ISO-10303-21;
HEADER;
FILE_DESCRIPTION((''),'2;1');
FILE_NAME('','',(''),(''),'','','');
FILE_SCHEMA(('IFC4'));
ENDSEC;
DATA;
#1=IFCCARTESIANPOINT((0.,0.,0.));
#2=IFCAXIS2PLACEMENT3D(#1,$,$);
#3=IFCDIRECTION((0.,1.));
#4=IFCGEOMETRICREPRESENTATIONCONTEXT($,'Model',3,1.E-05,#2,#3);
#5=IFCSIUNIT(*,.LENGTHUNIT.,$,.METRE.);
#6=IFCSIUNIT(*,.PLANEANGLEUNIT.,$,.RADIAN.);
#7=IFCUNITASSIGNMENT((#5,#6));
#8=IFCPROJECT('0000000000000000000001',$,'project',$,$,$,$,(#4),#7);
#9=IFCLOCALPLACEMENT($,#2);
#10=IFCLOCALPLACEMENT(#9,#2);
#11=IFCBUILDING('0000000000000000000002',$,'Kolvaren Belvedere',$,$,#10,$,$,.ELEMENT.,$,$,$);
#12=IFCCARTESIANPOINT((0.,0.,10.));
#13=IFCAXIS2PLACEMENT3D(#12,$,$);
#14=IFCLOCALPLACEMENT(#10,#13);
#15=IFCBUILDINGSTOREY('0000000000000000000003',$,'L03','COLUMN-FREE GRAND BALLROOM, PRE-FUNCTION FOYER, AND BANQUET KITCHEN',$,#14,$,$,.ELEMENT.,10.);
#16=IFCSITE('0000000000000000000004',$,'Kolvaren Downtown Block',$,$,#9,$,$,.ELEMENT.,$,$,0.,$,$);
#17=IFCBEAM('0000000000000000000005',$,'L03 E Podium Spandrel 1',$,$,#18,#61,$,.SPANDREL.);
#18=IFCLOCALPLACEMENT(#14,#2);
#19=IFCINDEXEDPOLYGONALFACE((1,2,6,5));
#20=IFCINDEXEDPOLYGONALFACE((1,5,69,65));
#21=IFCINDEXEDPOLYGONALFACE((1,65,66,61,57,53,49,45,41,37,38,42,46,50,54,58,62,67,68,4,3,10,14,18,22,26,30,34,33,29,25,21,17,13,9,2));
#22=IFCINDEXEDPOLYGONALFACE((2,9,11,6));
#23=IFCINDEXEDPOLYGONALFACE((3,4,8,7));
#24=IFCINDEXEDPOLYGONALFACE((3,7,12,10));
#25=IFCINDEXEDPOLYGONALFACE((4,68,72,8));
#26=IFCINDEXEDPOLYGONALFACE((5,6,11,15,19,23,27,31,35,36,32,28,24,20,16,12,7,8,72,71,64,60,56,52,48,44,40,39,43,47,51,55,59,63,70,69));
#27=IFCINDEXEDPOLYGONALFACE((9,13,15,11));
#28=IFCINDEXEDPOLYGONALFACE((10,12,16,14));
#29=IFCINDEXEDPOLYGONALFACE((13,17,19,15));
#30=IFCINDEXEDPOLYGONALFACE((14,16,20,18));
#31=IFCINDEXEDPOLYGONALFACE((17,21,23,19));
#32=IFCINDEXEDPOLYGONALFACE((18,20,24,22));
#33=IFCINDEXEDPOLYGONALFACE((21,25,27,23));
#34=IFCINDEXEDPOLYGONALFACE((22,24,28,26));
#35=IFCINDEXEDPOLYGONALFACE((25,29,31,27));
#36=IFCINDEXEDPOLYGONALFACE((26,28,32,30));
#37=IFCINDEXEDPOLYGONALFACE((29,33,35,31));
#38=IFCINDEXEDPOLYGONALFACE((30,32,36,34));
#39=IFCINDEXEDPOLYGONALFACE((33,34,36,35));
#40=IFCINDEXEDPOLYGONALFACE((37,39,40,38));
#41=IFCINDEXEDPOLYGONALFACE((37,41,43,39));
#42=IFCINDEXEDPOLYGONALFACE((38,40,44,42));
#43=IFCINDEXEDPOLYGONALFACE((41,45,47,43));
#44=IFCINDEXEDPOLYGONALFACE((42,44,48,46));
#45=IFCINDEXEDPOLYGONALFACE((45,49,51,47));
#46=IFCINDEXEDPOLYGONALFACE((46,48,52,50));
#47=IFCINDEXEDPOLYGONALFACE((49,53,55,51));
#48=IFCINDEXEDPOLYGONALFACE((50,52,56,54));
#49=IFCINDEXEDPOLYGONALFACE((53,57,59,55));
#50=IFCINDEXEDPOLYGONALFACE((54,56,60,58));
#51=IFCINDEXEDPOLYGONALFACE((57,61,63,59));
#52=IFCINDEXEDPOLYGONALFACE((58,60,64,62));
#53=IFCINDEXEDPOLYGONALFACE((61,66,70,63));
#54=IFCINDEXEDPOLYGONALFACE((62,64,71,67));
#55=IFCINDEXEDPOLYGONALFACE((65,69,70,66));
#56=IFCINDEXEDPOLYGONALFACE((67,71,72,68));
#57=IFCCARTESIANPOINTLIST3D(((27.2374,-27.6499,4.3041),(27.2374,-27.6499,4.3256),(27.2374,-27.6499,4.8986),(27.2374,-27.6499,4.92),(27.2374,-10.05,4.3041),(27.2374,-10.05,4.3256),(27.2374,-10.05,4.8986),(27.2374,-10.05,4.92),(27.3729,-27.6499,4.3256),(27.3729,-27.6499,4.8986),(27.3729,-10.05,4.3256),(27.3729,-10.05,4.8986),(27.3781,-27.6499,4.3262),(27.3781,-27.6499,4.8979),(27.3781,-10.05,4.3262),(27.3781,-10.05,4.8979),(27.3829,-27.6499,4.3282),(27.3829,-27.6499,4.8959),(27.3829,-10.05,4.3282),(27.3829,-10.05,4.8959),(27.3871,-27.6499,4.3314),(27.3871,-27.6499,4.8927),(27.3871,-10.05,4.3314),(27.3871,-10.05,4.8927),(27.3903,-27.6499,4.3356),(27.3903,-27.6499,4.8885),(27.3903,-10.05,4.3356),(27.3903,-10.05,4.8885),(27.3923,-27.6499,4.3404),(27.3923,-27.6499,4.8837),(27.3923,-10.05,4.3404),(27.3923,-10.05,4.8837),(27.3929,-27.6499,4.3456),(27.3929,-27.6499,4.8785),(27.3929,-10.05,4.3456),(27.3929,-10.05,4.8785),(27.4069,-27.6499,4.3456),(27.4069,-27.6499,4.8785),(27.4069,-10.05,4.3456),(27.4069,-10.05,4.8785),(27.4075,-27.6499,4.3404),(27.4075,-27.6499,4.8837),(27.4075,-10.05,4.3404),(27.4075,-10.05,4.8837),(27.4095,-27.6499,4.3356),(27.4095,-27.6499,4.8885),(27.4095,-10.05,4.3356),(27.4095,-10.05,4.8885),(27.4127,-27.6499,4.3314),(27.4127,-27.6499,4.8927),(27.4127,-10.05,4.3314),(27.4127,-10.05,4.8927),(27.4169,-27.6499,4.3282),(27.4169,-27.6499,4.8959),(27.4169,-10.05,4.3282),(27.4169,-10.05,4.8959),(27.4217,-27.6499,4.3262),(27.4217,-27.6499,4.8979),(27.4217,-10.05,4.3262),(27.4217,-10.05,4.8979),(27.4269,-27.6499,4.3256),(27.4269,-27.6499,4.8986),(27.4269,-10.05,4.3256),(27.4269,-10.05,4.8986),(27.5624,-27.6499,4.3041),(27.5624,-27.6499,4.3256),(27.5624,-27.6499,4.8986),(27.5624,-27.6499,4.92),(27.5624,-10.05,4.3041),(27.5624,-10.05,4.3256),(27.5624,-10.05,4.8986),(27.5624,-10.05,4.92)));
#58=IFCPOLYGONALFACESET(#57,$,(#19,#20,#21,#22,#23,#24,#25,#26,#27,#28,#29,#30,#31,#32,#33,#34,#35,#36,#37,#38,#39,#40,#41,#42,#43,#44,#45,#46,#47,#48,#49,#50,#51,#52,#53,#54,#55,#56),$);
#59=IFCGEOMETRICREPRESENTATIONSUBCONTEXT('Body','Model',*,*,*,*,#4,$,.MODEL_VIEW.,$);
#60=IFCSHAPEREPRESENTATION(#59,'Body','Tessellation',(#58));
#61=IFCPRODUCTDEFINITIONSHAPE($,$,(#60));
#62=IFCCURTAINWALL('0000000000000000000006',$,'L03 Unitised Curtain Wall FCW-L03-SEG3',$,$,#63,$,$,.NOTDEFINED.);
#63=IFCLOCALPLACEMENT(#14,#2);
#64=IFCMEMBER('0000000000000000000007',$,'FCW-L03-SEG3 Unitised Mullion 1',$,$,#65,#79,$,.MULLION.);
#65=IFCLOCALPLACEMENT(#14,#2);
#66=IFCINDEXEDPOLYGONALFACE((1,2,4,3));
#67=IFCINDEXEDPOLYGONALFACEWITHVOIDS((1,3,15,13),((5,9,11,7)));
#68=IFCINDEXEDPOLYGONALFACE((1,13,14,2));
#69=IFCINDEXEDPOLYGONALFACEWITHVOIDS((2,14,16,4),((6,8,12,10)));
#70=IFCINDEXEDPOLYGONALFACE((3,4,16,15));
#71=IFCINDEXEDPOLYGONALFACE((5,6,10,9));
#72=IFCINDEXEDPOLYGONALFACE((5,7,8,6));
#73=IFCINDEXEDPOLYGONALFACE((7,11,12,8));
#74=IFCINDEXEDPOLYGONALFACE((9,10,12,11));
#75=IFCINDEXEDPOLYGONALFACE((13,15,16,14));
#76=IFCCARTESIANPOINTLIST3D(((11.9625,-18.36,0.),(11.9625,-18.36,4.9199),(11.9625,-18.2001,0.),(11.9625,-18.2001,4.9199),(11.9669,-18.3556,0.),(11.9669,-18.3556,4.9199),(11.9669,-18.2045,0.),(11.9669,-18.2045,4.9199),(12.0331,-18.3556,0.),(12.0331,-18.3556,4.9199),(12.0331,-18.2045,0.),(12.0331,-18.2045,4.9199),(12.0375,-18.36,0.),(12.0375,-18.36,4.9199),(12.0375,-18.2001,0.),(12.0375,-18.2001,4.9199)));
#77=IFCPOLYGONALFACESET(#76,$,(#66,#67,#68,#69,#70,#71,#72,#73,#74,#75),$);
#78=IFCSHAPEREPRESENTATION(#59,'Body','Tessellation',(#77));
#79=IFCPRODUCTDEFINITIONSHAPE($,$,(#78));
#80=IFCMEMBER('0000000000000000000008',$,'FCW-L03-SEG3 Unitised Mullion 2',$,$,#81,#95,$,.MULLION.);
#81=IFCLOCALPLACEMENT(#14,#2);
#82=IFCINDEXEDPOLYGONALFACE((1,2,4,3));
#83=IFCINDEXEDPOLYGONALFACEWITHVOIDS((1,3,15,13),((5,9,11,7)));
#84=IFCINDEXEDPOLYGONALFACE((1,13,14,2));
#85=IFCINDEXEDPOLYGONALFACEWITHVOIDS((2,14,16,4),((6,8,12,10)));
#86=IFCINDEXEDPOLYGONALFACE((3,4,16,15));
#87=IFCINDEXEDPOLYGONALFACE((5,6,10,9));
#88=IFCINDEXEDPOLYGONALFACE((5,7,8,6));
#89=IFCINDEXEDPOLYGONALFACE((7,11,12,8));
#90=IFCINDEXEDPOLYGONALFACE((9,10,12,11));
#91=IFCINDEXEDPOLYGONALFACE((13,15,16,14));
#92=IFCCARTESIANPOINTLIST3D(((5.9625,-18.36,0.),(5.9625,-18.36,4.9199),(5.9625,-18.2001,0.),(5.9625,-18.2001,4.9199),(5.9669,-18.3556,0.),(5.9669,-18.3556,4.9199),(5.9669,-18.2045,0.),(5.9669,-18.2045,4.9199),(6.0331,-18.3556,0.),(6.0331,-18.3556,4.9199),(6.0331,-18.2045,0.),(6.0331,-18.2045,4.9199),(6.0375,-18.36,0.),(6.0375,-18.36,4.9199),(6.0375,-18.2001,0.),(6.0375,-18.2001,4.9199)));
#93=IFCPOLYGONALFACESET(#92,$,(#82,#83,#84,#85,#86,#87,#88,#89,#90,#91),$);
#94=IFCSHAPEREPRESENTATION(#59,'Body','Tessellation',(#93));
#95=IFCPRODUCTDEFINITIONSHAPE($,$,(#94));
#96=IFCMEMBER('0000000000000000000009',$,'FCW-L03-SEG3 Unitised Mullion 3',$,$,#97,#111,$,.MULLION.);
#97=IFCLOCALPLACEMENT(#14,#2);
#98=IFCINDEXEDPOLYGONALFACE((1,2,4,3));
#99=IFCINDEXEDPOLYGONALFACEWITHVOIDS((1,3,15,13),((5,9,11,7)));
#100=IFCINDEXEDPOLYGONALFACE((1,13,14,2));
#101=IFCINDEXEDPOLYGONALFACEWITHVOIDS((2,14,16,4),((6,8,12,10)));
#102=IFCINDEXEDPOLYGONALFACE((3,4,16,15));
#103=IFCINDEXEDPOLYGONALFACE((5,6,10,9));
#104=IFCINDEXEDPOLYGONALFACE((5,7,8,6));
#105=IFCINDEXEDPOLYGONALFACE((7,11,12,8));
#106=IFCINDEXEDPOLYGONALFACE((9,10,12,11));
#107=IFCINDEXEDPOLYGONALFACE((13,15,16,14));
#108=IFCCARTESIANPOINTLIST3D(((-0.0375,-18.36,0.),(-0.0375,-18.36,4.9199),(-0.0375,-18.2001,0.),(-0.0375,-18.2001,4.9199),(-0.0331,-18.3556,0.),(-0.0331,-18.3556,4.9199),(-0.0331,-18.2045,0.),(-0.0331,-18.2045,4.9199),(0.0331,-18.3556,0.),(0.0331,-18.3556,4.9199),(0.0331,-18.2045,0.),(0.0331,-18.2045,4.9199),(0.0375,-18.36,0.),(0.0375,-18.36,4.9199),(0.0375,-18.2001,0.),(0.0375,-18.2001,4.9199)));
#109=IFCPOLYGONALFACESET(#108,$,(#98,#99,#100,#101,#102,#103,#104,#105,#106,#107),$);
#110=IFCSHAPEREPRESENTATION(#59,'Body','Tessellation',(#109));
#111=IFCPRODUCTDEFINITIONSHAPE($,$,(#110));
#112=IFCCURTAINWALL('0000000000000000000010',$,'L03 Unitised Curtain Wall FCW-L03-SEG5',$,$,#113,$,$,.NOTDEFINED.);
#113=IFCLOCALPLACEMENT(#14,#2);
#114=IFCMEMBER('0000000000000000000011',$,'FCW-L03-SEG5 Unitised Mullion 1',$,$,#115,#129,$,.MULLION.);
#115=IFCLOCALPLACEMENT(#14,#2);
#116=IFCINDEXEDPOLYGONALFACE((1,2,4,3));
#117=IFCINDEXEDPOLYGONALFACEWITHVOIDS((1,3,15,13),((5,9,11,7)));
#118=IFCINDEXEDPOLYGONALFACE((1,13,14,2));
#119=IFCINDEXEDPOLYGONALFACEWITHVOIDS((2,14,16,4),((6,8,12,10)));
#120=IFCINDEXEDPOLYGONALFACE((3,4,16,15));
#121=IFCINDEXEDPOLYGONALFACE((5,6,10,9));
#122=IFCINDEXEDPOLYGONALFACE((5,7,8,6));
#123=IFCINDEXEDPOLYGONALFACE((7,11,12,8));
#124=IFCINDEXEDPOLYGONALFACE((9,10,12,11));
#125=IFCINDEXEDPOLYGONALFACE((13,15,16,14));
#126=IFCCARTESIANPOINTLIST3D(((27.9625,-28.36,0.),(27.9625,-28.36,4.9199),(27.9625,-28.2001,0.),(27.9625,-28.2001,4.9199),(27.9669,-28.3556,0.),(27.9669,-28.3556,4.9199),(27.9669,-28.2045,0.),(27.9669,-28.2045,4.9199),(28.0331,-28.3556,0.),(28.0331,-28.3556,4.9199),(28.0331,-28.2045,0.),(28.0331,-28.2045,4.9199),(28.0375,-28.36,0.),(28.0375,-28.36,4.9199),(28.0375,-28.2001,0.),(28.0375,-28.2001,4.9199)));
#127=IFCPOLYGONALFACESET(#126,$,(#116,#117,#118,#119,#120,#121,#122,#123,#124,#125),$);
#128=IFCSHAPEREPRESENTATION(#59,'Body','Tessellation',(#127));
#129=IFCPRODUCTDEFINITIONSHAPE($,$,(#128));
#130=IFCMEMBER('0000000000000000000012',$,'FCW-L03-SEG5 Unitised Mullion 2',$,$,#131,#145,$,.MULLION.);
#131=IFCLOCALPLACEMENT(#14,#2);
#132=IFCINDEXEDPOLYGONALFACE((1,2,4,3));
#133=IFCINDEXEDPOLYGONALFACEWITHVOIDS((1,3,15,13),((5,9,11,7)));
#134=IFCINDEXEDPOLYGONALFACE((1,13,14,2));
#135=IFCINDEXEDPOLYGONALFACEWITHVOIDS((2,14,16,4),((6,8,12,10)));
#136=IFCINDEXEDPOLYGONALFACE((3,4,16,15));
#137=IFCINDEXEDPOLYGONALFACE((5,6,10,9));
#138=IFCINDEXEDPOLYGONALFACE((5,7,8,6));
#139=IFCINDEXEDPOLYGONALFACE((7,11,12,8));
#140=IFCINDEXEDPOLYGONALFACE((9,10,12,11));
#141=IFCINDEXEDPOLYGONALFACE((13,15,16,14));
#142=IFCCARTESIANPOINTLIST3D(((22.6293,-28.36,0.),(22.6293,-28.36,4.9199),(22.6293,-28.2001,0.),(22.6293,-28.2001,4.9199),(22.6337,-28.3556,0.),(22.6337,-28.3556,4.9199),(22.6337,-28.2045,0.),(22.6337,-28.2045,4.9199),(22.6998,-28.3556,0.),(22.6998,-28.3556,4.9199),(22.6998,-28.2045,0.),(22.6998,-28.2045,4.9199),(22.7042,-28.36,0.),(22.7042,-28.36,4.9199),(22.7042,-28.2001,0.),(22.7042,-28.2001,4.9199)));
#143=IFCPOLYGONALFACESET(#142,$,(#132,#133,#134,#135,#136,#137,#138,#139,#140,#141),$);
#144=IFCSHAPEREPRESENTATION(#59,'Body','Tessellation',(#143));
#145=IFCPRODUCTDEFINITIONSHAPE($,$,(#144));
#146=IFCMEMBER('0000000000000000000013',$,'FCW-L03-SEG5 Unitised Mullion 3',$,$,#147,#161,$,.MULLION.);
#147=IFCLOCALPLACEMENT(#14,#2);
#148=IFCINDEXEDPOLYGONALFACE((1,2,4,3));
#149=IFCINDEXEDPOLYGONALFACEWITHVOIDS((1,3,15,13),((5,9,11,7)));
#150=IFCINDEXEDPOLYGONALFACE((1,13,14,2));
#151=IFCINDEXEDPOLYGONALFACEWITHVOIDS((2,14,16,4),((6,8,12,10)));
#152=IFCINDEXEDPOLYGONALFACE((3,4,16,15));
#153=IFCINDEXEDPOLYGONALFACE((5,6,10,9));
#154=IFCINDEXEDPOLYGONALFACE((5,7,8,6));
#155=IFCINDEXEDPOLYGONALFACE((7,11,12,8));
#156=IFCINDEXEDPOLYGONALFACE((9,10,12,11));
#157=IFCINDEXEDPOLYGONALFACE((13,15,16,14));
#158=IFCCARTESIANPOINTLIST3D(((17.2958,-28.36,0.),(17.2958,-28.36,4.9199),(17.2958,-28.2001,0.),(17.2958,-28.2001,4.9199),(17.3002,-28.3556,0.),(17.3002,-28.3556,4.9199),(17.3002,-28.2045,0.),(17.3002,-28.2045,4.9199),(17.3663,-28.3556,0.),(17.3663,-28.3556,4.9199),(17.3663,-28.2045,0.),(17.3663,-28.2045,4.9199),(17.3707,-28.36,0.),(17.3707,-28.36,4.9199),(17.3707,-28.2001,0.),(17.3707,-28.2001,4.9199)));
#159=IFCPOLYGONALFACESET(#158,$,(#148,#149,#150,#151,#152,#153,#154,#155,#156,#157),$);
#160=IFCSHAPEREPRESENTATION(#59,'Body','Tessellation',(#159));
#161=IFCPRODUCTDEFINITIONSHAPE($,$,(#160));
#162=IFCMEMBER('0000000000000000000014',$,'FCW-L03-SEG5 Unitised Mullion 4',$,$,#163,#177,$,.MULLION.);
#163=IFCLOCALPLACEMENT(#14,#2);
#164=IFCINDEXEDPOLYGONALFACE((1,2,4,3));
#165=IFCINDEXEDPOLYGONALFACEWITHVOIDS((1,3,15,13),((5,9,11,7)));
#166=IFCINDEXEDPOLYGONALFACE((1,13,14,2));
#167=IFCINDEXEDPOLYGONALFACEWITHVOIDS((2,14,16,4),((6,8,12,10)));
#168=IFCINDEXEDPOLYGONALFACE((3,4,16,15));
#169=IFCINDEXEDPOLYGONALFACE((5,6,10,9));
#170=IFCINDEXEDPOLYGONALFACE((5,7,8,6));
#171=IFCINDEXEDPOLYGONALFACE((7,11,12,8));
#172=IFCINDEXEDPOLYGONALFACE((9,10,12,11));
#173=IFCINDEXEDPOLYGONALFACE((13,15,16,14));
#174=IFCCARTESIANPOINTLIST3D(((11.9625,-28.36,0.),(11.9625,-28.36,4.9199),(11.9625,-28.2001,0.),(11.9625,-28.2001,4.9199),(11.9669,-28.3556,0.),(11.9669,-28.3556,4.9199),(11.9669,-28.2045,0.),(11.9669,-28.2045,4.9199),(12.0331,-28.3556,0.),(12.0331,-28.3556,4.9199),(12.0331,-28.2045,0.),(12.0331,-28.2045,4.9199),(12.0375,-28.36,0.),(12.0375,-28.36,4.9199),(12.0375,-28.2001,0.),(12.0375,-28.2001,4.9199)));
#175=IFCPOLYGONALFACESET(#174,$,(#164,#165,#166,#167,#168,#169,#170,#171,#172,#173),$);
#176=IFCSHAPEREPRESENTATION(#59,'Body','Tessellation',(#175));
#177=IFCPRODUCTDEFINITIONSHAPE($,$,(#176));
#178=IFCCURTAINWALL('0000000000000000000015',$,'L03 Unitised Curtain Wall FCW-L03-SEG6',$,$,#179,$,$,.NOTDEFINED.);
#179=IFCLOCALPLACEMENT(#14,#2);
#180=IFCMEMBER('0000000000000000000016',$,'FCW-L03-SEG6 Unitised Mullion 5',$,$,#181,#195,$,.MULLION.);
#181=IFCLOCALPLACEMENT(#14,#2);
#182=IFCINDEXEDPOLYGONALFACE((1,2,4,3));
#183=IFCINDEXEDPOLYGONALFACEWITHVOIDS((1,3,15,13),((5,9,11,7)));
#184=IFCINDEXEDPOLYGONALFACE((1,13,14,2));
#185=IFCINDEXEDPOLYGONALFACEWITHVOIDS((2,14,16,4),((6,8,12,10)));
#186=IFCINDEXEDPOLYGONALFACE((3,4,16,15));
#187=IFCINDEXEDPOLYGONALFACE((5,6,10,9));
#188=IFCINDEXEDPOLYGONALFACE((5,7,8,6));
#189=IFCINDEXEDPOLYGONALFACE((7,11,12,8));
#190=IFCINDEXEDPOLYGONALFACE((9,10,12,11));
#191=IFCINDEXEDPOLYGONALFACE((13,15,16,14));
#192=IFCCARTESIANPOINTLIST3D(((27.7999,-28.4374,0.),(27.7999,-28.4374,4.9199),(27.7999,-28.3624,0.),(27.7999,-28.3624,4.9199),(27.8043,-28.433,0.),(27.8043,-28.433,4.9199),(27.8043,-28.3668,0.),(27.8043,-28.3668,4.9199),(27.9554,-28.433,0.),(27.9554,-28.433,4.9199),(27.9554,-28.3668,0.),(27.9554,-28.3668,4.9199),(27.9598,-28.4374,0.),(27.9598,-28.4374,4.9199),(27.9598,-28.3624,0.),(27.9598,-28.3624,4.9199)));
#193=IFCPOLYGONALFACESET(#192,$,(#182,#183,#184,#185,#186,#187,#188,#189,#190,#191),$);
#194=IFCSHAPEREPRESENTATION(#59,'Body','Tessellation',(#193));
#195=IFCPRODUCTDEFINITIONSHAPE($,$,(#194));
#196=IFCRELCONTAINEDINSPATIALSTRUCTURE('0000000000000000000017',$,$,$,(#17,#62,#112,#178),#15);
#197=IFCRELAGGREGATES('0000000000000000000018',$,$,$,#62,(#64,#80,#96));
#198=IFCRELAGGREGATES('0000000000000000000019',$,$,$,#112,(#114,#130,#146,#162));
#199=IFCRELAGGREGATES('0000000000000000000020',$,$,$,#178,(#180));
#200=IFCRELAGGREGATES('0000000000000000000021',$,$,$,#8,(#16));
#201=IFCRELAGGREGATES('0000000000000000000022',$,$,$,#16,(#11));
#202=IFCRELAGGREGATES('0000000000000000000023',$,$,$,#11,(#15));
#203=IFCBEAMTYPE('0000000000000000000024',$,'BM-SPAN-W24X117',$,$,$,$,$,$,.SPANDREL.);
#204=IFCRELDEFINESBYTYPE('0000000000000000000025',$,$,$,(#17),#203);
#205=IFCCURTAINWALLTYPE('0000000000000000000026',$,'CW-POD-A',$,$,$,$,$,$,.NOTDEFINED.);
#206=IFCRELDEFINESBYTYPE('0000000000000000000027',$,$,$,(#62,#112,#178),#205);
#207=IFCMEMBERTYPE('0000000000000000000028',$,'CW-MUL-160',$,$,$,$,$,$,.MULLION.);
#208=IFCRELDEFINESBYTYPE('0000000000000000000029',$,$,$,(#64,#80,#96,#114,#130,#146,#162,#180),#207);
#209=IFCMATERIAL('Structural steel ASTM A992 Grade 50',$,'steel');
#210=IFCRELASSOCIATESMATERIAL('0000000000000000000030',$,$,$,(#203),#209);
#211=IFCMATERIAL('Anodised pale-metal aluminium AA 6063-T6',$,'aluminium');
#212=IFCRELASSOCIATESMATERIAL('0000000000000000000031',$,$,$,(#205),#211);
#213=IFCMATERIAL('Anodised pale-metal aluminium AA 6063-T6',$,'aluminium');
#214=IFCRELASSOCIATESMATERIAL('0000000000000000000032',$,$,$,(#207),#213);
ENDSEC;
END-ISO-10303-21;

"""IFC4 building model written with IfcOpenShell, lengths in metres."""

from ifc_helpers import new_model, si_unit, direction, frame, origin, origin_2d, place, context, subcontext, project, spatial, hollow_rectangle, i_section, extrude, material, material_profile, profile_set, type_object, element, aggregate, save


model = new_model("IFC4")

# Units and contexts
model_context = context("Model", 3, precision=1e-05, world=origin(), true_north=direction((0.0, 1.0)))
body_context = subcontext(model_context, "Body", "Model", "MODEL_VIEW")
ifc_project = project(units=[si_unit("LENGTHUNIT", "METRE"), si_unit("PLANEANGLEUNIT", "RADIAN")], contexts=[model_context])

# Site, building, storey
site_placement = place(None, origin())
site = spatial("IfcSite", under=ifc_project, at=site_placement, Name="Kolvaren Downtown Block", CompositionType="ELEMENT", RefElevation=0.0)
building_placement = place(site_placement, origin())
building = spatial("IfcBuilding", under=site, at=building_placement, Name="Kolvaren Belvedere", CompositionType="ELEMENT")
storey_placement = place(building_placement, frame((0.0, 0.0, 10.0)))
storey = spatial("IfcBuildingStorey", under=building, at=storey_placement, Name="L03", Description="COLUMN-FREE GRAND BALLROOM, PRE-FUNCTION FOYER, AND BANQUET KITCHEN", CompositionType="ELEMENT", Elevation=10.0)

# Beam
ifc_material_1 = material(Name="Structural steel ASTM A992 Grade 50", Category="steel")
ifc_material_profile_1 = material_profile(ifc_material_1, i_section(OverallWidth=0.325, OverallDepth=0.616, WebThickness=0.0139, FlangeThickness=0.0215, FilletRadius=0.02, at=origin_2d()), Name="W24X117")
ifc_profile_set_1 = profile_set([ifc_material_profile_1], Name="Structural steel ASTM A992 Grade 50")
beam_type_1 = type_object("IfcBeamType", Name="BM-SPAN-W24X117", PredefinedType="SPANDREL", material=ifc_profile_set_1)
beam_1_placement = place(storey_placement, frame((27.3999, -27.6499, 4.6121), z_axis=(0.0, 1.0, 0.0), x_axis=(-1.0, 0.0, 0.0)))
element("IfcBeam", 1, at=beam_1_placement, inside=storey, type_object=beam_type_1, Name="L03 E Podium Spandrel 1", PredefinedType="SPANDREL", context=body_context, shape_type="SweptSolid", body=[
    extrude(i_section(OverallWidth=0.325, OverallDepth=0.616, WebThickness=0.0139, FlangeThickness=0.0215, FilletRadius=0.02, at=origin_2d()), origin(), (0.0, 0.0, 1.0), 17.5999),
])

# Curtain walls, members
ifc_material_2 = material(Name="Anodised pale-metal aluminium AA 6063-T6", Category="aluminium")
curtain_wall_type = type_object("IfcCurtainWallType", Name="CW-POD-A", PredefinedType="NOTDEFINED", material=ifc_material_2)
curtain_wall_1_placement = place(storey_placement, origin())
curtain_wall_1 = element("IfcCurtainWall", 2, at=curtain_wall_1_placement, inside=storey, type_object=curtain_wall_type, Name="L03 Unitised Curtain Wall FCW-L03-SEG3", PredefinedType="NOTDEFINED")
ifc_material_3 = material(Name="Anodised pale-metal aluminium AA 6063-T6", Category="aluminium")
ifc_material_profile_2 = material_profile(ifc_material_3, hollow_rectangle(XDim=0.075, YDim=0.1599, WallThickness=0.0044, at=origin_2d()), Name="ALU-MUL-160X75")
ifc_profile_set_2 = profile_set([ifc_material_profile_2], Name="Anodised pale-metal aluminium AA 6063-T6")
member_type_1 = type_object("IfcMemberType", Name="CW-MUL-160", PredefinedType="MULLION", material=ifc_profile_set_2)
member_1_placement = place(storey_placement, frame((12.0, -18.28, 0.0), z_axis=(0.0, 0.0, 1.0), x_axis=(1.0, 0.0, 0.0)))
member_1 = element("IfcMember", 3, at=member_1_placement, type_object=member_type_1, Name="FCW-L03-SEG3 Unitised Mullion 1", PredefinedType="MULLION", context=body_context, shape_type="SweptSolid", body=[
    extrude(hollow_rectangle(XDim=0.075, YDim=0.1599, WallThickness=0.0044, at=origin_2d()), origin(), (0.0, 0.0, 1.0), 4.9199),
])
member_2_placement = place(storey_placement, frame((6.0, -18.28, 0.0), z_axis=(0.0, 0.0, 1.0), x_axis=(1.0, 0.0, 0.0)))
member_2 = element("IfcMember", 4, at=member_2_placement, type_object=member_type_1, Name="FCW-L03-SEG3 Unitised Mullion 2", PredefinedType="MULLION", context=body_context, shape_type="SweptSolid", body=[
    extrude(hollow_rectangle(XDim=0.075, YDim=0.1599, WallThickness=0.0044, at=origin_2d()), origin(), (0.0, 0.0, 1.0), 4.9199),
])
member_3_placement = place(storey_placement, frame((0.0, -18.28, 0.0), z_axis=(0.0, 0.0, 1.0), x_axis=(1.0, 0.0, 0.0)))
member_3 = element("IfcMember", 5, at=member_3_placement, type_object=member_type_1, Name="FCW-L03-SEG3 Unitised Mullion 3", PredefinedType="MULLION", context=body_context, shape_type="SweptSolid", body=[
    extrude(hollow_rectangle(XDim=0.075, YDim=0.1599, WallThickness=0.0044, at=origin_2d()), origin(), (0.0, 0.0, 1.0), 4.9199),
])
curtain_wall_2_placement = place(storey_placement, origin())
curtain_wall_2 = element("IfcCurtainWall", 6, at=curtain_wall_2_placement, inside=storey, type_object=curtain_wall_type, Name="L03 Unitised Curtain Wall FCW-L03-SEG5", PredefinedType="NOTDEFINED")
member_4_placement = place(storey_placement, frame((28.0, -28.28, 0.0), z_axis=(0.0, 0.0, 1.0), x_axis=(1.0, 0.0, 0.0)))
member_4 = element("IfcMember", 7, at=member_4_placement, type_object=member_type_1, Name="FCW-L03-SEG5 Unitised Mullion 1", PredefinedType="MULLION", context=body_context, shape_type="SweptSolid", body=[
    extrude(hollow_rectangle(XDim=0.075, YDim=0.1599, WallThickness=0.0044, at=origin_2d()), origin(), (0.0, 0.0, 1.0), 4.9199),
])
member_5_placement = place(storey_placement, frame((22.6667, -28.28, 0.0), z_axis=(0.0, 0.0, 1.0), x_axis=(1.0, 0.0, 0.0)))
member_5 = element("IfcMember", 8, at=member_5_placement, type_object=member_type_1, Name="FCW-L03-SEG5 Unitised Mullion 2", PredefinedType="MULLION", context=body_context, shape_type="SweptSolid", body=[
    extrude(hollow_rectangle(XDim=0.075, YDim=0.1599, WallThickness=0.0044, at=origin_2d()), origin(), (0.0, 0.0, 1.0), 4.9199),
])
member_6_placement = place(storey_placement, frame((17.3333, -28.28, 0.0), z_axis=(0.0, 0.0, 1.0), x_axis=(1.0, 0.0, 0.0)))
member_6 = element("IfcMember", 9, at=member_6_placement, type_object=member_type_1, Name="FCW-L03-SEG5 Unitised Mullion 3", PredefinedType="MULLION", context=body_context, shape_type="SweptSolid", body=[
    extrude(hollow_rectangle(XDim=0.075, YDim=0.1599, WallThickness=0.0044, at=origin_2d()), origin(), (0.0, 0.0, 1.0), 4.9199),
])
member_7_placement = place(storey_placement, frame((12.0, -28.28, 0.0), z_axis=(0.0, 0.0, 1.0), x_axis=(1.0, 0.0, 0.0)))
member_7 = element("IfcMember", 10, at=member_7_placement, type_object=member_type_1, Name="FCW-L03-SEG5 Unitised Mullion 4", PredefinedType="MULLION", context=body_context, shape_type="SweptSolid", body=[
    extrude(hollow_rectangle(XDim=0.075, YDim=0.1599, WallThickness=0.0044, at=origin_2d()), origin(), (0.0, 0.0, 1.0), 4.9199),
])

# Curtain wall, member
curtain_wall_3_placement = place(storey_placement, origin())
curtain_wall_3 = element("IfcCurtainWall", 11, at=curtain_wall_3_placement, inside=storey, type_object=curtain_wall_type, Name="L03 Unitised Curtain Wall FCW-L03-SEG6", PredefinedType="NOTDEFINED")
member_8_placement = place(storey_placement, frame((27.8799, -28.3999, 0.0), z_axis=(0.0, 0.0, 1.0), x_axis=(0.0, 1.0, 0.0)))
member_8 = element("IfcMember", 12, at=member_8_placement, type_object=member_type_1, Name="FCW-L03-SEG6 Unitised Mullion 5", PredefinedType="MULLION", context=body_context, shape_type="SweptSolid", body=[
    extrude(hollow_rectangle(XDim=0.075, YDim=0.1599, WallThickness=0.0044, at=origin_2d()), origin(), (0.0, 0.0, 1.0), 4.9199),
])

aggregate(curtain_wall_1, [member_1, member_2, member_3])
aggregate(curtain_wall_2, [member_4, member_5, member_6, member_7])
aggregate(curtain_wall_3, [member_8])

save(model, "model.ifc")
